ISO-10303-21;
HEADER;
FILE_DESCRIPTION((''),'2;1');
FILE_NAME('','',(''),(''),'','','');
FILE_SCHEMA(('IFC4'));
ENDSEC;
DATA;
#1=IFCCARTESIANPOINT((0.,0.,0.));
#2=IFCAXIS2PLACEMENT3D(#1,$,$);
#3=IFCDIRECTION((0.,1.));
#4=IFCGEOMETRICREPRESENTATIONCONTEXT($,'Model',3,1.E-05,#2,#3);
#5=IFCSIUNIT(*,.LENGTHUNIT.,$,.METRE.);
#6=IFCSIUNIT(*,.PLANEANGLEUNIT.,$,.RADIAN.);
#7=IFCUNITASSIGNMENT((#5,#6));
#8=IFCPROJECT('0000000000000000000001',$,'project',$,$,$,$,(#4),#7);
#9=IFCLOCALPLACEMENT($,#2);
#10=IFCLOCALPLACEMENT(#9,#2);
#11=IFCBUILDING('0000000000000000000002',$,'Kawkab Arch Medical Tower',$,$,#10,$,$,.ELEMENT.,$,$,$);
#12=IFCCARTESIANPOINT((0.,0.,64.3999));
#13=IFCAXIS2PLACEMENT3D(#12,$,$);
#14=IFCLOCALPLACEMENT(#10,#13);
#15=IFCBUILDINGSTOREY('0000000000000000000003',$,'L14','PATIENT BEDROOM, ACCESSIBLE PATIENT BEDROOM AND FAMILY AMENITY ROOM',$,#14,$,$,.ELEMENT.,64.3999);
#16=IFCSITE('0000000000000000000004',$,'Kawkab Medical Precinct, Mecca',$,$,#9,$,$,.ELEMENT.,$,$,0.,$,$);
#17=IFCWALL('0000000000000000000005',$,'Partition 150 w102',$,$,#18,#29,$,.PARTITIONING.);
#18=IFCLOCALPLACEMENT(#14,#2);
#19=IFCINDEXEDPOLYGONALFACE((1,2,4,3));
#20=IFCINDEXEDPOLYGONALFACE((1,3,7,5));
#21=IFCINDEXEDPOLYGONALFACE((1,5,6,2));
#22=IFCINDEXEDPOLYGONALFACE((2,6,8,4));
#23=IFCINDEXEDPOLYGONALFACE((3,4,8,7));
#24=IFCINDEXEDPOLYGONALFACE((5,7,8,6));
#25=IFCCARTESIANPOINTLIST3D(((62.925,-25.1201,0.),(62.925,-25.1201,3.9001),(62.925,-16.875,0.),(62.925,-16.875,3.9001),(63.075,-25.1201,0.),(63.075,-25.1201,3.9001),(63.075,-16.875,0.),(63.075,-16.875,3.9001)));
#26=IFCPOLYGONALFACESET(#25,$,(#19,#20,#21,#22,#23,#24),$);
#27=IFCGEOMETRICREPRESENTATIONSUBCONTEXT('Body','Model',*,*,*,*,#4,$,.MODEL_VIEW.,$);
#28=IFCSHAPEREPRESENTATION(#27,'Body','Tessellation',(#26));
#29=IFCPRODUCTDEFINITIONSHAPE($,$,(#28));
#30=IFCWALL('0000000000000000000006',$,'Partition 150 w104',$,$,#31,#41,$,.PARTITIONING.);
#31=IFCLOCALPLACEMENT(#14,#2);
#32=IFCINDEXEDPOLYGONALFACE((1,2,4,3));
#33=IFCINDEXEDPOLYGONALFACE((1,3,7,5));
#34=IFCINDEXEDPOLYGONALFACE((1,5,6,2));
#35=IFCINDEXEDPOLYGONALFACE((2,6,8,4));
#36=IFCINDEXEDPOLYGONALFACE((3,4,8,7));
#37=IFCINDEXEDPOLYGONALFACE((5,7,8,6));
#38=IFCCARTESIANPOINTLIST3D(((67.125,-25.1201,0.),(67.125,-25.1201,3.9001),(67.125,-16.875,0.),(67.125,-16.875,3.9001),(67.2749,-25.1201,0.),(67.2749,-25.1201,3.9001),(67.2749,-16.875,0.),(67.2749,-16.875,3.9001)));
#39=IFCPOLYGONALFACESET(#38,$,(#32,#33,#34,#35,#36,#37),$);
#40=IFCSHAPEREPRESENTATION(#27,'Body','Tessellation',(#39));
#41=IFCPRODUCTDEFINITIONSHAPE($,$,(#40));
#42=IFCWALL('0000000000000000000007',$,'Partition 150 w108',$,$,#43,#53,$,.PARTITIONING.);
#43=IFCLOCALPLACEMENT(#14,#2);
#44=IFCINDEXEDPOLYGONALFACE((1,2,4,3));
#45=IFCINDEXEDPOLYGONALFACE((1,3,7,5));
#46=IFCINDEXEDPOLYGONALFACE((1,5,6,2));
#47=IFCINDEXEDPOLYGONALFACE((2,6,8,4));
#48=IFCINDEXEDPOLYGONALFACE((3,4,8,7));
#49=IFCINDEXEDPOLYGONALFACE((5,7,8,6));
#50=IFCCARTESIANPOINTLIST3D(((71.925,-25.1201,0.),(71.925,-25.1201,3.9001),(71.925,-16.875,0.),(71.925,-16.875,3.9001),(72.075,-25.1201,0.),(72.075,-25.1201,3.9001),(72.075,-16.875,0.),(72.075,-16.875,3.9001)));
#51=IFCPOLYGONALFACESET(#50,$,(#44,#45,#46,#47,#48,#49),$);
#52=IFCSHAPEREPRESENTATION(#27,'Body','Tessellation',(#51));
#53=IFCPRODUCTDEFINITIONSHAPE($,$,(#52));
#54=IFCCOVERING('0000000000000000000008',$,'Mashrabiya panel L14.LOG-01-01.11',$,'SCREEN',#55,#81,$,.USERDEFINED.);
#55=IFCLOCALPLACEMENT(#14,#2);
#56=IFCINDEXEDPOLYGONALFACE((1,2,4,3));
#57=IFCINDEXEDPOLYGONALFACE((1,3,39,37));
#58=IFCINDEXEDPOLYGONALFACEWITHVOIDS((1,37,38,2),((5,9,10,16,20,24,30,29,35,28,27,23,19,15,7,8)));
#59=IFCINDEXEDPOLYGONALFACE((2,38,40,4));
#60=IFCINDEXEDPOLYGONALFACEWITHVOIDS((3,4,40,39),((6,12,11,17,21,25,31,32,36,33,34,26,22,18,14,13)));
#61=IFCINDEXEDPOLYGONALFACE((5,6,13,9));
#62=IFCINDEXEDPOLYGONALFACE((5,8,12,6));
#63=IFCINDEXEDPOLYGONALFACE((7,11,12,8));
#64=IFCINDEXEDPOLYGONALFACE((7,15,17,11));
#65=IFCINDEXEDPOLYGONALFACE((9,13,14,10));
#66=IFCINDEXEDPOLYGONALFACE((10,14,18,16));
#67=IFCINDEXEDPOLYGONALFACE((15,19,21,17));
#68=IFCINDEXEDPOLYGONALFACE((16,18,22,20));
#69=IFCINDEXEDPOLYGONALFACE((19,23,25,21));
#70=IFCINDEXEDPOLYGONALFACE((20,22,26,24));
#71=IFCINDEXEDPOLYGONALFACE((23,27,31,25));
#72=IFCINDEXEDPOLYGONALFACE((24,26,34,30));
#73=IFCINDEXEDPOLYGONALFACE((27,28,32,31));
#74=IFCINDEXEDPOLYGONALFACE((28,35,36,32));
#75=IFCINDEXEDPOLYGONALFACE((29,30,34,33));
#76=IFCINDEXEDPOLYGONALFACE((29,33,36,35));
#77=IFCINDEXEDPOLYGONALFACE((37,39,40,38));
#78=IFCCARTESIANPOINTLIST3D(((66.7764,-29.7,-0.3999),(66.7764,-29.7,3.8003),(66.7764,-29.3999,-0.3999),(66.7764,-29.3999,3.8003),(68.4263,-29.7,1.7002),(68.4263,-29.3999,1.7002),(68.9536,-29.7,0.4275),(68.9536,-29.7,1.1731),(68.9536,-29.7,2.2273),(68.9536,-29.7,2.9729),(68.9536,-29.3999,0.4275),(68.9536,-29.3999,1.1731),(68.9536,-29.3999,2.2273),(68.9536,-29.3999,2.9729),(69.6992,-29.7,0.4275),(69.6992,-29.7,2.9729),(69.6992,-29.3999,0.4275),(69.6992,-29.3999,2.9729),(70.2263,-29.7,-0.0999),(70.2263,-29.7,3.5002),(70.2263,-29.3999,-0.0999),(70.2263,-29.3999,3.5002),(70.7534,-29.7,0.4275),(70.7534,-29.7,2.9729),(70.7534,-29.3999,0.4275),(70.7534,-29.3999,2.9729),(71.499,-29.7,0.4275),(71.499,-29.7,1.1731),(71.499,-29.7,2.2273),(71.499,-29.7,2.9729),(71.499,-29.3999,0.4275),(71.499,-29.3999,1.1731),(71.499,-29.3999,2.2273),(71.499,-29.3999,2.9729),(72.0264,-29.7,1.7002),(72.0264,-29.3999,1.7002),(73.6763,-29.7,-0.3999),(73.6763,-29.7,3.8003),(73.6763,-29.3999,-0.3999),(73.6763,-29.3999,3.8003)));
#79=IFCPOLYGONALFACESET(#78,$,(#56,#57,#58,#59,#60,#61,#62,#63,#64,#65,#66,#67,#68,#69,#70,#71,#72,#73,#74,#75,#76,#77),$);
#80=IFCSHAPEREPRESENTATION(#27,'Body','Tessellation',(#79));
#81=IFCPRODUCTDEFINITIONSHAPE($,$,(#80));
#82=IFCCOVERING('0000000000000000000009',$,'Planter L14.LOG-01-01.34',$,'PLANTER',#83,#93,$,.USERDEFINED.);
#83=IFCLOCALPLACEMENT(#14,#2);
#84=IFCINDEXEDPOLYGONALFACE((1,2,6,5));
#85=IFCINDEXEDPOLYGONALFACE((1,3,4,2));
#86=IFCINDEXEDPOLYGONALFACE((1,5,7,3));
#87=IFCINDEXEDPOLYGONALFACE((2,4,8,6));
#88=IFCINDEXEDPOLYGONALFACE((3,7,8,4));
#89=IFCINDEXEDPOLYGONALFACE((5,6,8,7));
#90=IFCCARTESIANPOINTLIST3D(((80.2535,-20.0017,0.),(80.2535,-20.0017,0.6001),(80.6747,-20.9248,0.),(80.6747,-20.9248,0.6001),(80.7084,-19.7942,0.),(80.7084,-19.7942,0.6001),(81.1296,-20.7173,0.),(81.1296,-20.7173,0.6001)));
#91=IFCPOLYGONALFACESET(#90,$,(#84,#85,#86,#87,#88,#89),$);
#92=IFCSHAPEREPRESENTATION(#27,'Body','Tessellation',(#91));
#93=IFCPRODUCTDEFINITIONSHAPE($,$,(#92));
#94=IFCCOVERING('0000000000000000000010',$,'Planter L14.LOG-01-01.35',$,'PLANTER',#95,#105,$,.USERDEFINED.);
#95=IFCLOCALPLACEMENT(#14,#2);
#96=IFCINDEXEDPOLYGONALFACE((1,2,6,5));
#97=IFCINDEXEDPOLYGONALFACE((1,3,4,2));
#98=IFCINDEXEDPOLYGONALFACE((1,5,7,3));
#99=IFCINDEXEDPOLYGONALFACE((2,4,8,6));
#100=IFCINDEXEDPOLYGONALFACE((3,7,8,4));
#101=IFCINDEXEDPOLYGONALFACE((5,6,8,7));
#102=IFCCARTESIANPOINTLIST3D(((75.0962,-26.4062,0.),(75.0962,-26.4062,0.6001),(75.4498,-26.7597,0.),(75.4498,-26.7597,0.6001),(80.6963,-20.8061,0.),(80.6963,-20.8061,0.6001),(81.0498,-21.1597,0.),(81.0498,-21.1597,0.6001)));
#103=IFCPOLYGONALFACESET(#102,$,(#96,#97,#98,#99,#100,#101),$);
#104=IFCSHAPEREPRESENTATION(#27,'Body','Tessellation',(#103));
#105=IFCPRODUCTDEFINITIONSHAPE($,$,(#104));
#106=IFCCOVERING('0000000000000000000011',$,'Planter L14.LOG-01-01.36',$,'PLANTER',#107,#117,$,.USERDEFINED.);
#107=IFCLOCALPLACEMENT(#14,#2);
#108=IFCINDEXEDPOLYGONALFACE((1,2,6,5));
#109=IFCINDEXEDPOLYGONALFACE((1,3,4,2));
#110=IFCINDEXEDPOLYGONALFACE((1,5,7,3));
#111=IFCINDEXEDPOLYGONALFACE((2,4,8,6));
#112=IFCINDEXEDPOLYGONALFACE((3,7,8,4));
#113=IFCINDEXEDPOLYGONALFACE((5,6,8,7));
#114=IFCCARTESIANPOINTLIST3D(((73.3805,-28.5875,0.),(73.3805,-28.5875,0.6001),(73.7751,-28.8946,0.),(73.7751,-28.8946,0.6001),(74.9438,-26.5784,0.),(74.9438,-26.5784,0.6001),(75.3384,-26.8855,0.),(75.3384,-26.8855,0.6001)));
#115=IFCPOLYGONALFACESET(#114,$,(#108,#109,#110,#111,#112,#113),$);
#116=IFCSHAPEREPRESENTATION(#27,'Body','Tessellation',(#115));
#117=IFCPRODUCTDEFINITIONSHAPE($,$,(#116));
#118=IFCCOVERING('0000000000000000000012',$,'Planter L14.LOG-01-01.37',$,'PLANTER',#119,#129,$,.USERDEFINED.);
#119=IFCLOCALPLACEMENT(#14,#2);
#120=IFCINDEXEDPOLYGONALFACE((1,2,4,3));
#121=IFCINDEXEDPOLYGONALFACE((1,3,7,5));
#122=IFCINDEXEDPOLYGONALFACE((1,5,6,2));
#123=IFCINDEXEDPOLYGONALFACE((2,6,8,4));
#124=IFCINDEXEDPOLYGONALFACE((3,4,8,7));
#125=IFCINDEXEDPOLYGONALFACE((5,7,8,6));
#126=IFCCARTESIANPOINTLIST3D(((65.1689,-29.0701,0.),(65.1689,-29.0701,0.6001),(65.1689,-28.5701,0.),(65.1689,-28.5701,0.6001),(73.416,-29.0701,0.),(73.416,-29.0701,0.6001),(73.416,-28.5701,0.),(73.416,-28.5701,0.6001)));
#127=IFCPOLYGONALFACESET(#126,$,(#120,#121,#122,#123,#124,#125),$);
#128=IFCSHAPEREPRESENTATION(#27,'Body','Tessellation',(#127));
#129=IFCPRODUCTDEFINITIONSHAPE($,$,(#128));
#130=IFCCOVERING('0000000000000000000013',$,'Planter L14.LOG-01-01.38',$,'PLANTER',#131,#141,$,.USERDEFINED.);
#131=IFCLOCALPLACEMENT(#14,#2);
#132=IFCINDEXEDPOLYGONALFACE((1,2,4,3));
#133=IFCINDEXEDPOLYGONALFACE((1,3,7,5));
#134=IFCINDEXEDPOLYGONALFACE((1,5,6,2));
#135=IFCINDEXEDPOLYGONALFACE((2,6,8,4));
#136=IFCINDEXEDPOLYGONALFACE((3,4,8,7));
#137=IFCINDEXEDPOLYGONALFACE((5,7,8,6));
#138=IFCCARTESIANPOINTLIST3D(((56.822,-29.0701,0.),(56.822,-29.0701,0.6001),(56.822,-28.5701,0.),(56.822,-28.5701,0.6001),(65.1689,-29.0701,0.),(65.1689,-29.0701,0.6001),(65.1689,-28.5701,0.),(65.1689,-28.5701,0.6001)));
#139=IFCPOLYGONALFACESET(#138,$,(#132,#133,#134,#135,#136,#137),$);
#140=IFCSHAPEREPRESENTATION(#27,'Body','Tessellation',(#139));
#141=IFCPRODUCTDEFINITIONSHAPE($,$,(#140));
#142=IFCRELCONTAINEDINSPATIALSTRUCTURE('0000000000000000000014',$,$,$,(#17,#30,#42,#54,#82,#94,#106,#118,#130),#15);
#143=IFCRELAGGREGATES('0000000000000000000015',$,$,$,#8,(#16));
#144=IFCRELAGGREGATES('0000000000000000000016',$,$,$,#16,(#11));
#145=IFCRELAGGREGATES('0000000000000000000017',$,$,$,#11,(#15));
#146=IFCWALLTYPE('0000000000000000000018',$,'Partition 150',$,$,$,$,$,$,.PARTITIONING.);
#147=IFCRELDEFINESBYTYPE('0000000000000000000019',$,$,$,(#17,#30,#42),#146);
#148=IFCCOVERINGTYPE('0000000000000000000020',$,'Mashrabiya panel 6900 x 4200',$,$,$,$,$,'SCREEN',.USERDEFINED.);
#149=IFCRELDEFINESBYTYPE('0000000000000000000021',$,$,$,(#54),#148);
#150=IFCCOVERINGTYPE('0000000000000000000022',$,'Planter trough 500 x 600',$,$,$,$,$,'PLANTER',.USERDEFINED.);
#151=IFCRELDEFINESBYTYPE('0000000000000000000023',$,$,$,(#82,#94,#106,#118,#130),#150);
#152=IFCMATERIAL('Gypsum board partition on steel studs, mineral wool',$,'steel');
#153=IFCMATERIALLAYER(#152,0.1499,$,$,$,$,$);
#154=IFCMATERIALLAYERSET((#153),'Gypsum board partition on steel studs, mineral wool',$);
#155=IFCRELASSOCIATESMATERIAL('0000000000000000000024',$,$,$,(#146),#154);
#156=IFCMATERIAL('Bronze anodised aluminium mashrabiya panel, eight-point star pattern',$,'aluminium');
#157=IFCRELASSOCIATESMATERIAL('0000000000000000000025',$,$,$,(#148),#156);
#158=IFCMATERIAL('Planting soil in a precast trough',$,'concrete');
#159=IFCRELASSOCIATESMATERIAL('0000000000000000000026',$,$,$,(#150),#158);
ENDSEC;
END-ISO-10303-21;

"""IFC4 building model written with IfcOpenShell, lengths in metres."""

from ifc_helpers import new_model, si_unit, direction, frame, frame_2d, origin, origin_2d, place, context, subcontext, project, spatial, polyline, rectangle, outline, extrude, material, layer, layer_set, material_profile, profile_set, type_object, element, save


model = new_model("IFC4")

# Units and contexts
model_context = context("Model", 3, precision=1e-05, world=origin(), true_north=direction((0.0, 1.0)))
body_context = subcontext(model_context, "Body", "Model", "MODEL_VIEW")
ifc_project = project(units=[si_unit("LENGTHUNIT", "METRE"), si_unit("PLANEANGLEUNIT", "RADIAN")], contexts=[model_context])

# Site, building, storey
site_placement = place(None, origin())
site = spatial("IfcSite", under=ifc_project, at=site_placement, Name="Kawkab Medical Precinct, Mecca", CompositionType="ELEMENT", RefElevation=0.0)
building_placement = place(site_placement, origin())
building = spatial("IfcBuilding", under=site, at=building_placement, Name="Kawkab Arch Medical Tower", CompositionType="ELEMENT")
storey_placement = place(building_placement, frame((0.0, 0.0, 64.3999)))
storey = spatial("IfcBuildingStorey", under=building, at=storey_placement, Name="L14", Description="PATIENT BEDROOM, ACCESSIBLE PATIENT BEDROOM AND FAMILY AMENITY ROOM", CompositionType="ELEMENT", Elevation=64.3999)

# Walls
ifc_material_1 = material(Name="Gypsum board partition on steel studs, mineral wool", Category="steel")
ifc_layer_1 = layer(ifc_material_1, 0.1499)
ifc_layer_set_1 = layer_set([ifc_layer_1], Name="Gypsum board partition on steel studs, mineral wool")
wall_type_1 = type_object("IfcWallType", Name="Partition 150", PredefinedType="PARTITIONING", material=ifc_layer_set_1)
for number, where, z_axis, x_axis, name in (
    (1, (63.0, -25.1201, 0.0), (0.0, 0.0, 1.0), (0.0, 1.0, 0.0), "Partition 150 w102"),
    (2, (67.2, -25.1201, 0.0), (0.0, 0.0, 1.0), (0.0, 1.0, 0.0), "Partition 150 w104"),
    (3, (72.0, -25.1201, 0.0), (0.0, 0.0, 1.0), (0.0, 1.0, 0.0), "Partition 150 w108"),
):
    element("IfcWall", number, at=place(storey_placement, frame(where, z_axis=z_axis, x_axis=x_axis)), inside=storey, type_object=wall_type_1, Name=name, PredefinedType="PARTITIONING", context=body_context, shape_type="SweptSolid", body=[
        extrude(rectangle(XDim=8.2451, YDim=0.1499, at=frame_2d((4.1226, 0.0))), origin(), (0.0, 0.0, 1.0), 3.9001),
    ])

# Coverings
ifc_material_2 = material(Name="Bronze anodised aluminium mashrabiya panel, eight-point star pattern", Category="aluminium")
ifc_material_profile_1 = material_profile(ifc_material_2, outline(polyline([(-3.45, -2.1001), (3.45, -2.1001), (3.45, 2.1001), (-3.45, 2.1001), (-3.45, -2.1001)]), holes=[polyline([(1.8, 0.0), (1.2727, 0.5271), (1.2727, 1.2727), (0.5271, 1.2727), (0.0, 1.8), (-0.5271, 1.2727), (-1.2727, 1.2727), (-1.2727, 0.5271), (-1.8, 0.0), (-1.2727, -0.5271), (-1.2727, -1.2727), (-0.5271, -1.2727), (0.0, -1.8), (0.5271, -1.2727), (1.2727, -1.2727), (1.2727, -0.5271), (1.8, 0.0)])]), Name="Mashrabiya panel 6900x4200")
ifc_profile_set_1 = profile_set([ifc_material_profile_1], Name="Bronze anodised aluminium mashrabiya panel, eight-point star pattern")
covering_type_1 = type_object("IfcCoveringType", Name="Mashrabiya panel 6900 x 4200", ElementType="SCREEN", PredefinedType="USERDEFINED", material=ifc_profile_set_1)
covering_1_placement = place(storey_placement, frame((70.2263, -29.3999, 1.7002), z_axis=(0.0, -1.0, 0.0), x_axis=(1.0, 0.0, 0.0)))
element("IfcCovering", 4, at=covering_1_placement, inside=storey, type_object=covering_type_1, Name="Mashrabiya panel L14.LOG-01-01.11", ObjectType="SCREEN", PredefinedType="USERDEFINED", context=body_context, shape_type="SweptSolid", body=[
    extrude(outline(polyline([(-3.45, -2.1001), (3.45, -2.1001), (3.45, 2.1001), (-3.45, 2.1001), (-3.45, -2.1001)]), holes=[polyline([(1.8, 0.0), (1.2727, 0.5271), (1.2727, 1.2727), (0.5271, 1.2727), (0.0, 1.8), (-0.5271, 1.2727), (-1.2727, 1.2727), (-1.2727, 0.5271), (-1.8, 0.0), (-1.2727, -0.5271), (-1.2727, -1.2727), (-0.5271, -1.2727), (0.0, -1.8), (0.5271, -1.2727), (1.2727, -1.2727), (1.2727, -0.5271), (1.8, 0.0)])]), origin(), (0.0, 0.0, 1.0), 0.3),
])
ifc_material_3 = material(Name="Planting soil in a precast trough", Category="concrete")
ifc_material_profile_2 = material_profile(ifc_material_3, rectangle(XDim=0.5, YDim=0.6001, at=origin_2d()), Name="Trough 500x600")
ifc_profile_set_2 = profile_set([ifc_material_profile_2], Name="Planting soil in a precast trough")
covering_type_2 = type_object("IfcCoveringType", Name="Planter trough 500 x 600", ElementType="PLANTER", PredefinedType="USERDEFINED", material=ifc_profile_set_2)
covering_2_placement = place(storey_placement, frame((80.481, -19.8979, 0.3), z_axis=(0.415072, -0.909789, 0.0), x_axis=(0.909789, 0.415072, 0.0)))
element("IfcCovering", 5, at=covering_2_placement, inside=storey, type_object=covering_type_2, Name="Planter L14.LOG-01-01.34", ObjectType="PLANTER", PredefinedType="USERDEFINED", context=body_context, shape_type="SweptSolid", body=[
    extrude(rectangle(XDim=0.5, YDim=0.6001, at=origin_2d()), origin(), (0.0, 0.0, 1.0), 1.0146),
])
covering_3_placement = place(storey_placement, frame((80.873, -20.9829, 0.3), z_axis=(-0.707107, -0.707107, 0.0), x_axis=(0.707107, -0.707107, 0.0)))
element("IfcCovering", 6, at=covering_3_placement, inside=storey, type_object=covering_type_2, Name="Planter L14.LOG-01-01.35", ObjectType="PLANTER", PredefinedType="USERDEFINED", context=body_context, shape_type="SweptSolid", body=[
    extrude(rectangle(XDim=0.5, YDim=0.6001, at=origin_2d()), origin(), (0.0, 0.0, 1.0), 7.9197),
])
covering_4_placement = place(storey_placement, frame((75.1411, -26.7319, 0.3), z_axis=(-0.6141, -0.789228, 0.0), x_axis=(0.789228, -0.6141, 0.0)))
element("IfcCovering", 7, at=covering_4_placement, inside=storey, type_object=covering_type_2, Name="Planter L14.LOG-01-01.36", ObjectType="PLANTER", PredefinedType="USERDEFINED", context=body_context, shape_type="SweptSolid", body=[
    extrude(rectangle(XDim=0.5, YDim=0.6001, at=origin_2d()), origin(), (0.0, 0.0, 1.0), 2.5457),
])
covering_5_placement = place(storey_placement, frame((73.416, -28.8201, 0.3), z_axis=(-1.0, 0.0, 0.0), x_axis=(0.0, -1.0, 0.0)))
element("IfcCovering", 8, at=covering_5_placement, inside=storey, type_object=covering_type_2, Name="Planter L14.LOG-01-01.37", ObjectType="PLANTER", PredefinedType="USERDEFINED", context=body_context, shape_type="SweptSolid", body=[
    extrude(rectangle(XDim=0.5, YDim=0.6001, at=origin_2d()), origin(), (0.0, 0.0, 1.0), 8.2471),
])
covering_6_placement = place(storey_placement, frame((65.1689, -28.8201, 0.3), z_axis=(-1.0, 0.0, 0.0), x_axis=(0.0, -1.0, 0.0)))
element("IfcCovering", 9, at=covering_6_placement, inside=storey, type_object=covering_type_2, Name="Planter L14.LOG-01-01.38", ObjectType="PLANTER", PredefinedType="USERDEFINED", context=body_context, shape_type="SweptSolid", body=[
    extrude(rectangle(XDim=0.5, YDim=0.6001, at=origin_2d()), origin(), (0.0, 0.0, 1.0), 8.3469),
])

save(model, "model.ifc")
